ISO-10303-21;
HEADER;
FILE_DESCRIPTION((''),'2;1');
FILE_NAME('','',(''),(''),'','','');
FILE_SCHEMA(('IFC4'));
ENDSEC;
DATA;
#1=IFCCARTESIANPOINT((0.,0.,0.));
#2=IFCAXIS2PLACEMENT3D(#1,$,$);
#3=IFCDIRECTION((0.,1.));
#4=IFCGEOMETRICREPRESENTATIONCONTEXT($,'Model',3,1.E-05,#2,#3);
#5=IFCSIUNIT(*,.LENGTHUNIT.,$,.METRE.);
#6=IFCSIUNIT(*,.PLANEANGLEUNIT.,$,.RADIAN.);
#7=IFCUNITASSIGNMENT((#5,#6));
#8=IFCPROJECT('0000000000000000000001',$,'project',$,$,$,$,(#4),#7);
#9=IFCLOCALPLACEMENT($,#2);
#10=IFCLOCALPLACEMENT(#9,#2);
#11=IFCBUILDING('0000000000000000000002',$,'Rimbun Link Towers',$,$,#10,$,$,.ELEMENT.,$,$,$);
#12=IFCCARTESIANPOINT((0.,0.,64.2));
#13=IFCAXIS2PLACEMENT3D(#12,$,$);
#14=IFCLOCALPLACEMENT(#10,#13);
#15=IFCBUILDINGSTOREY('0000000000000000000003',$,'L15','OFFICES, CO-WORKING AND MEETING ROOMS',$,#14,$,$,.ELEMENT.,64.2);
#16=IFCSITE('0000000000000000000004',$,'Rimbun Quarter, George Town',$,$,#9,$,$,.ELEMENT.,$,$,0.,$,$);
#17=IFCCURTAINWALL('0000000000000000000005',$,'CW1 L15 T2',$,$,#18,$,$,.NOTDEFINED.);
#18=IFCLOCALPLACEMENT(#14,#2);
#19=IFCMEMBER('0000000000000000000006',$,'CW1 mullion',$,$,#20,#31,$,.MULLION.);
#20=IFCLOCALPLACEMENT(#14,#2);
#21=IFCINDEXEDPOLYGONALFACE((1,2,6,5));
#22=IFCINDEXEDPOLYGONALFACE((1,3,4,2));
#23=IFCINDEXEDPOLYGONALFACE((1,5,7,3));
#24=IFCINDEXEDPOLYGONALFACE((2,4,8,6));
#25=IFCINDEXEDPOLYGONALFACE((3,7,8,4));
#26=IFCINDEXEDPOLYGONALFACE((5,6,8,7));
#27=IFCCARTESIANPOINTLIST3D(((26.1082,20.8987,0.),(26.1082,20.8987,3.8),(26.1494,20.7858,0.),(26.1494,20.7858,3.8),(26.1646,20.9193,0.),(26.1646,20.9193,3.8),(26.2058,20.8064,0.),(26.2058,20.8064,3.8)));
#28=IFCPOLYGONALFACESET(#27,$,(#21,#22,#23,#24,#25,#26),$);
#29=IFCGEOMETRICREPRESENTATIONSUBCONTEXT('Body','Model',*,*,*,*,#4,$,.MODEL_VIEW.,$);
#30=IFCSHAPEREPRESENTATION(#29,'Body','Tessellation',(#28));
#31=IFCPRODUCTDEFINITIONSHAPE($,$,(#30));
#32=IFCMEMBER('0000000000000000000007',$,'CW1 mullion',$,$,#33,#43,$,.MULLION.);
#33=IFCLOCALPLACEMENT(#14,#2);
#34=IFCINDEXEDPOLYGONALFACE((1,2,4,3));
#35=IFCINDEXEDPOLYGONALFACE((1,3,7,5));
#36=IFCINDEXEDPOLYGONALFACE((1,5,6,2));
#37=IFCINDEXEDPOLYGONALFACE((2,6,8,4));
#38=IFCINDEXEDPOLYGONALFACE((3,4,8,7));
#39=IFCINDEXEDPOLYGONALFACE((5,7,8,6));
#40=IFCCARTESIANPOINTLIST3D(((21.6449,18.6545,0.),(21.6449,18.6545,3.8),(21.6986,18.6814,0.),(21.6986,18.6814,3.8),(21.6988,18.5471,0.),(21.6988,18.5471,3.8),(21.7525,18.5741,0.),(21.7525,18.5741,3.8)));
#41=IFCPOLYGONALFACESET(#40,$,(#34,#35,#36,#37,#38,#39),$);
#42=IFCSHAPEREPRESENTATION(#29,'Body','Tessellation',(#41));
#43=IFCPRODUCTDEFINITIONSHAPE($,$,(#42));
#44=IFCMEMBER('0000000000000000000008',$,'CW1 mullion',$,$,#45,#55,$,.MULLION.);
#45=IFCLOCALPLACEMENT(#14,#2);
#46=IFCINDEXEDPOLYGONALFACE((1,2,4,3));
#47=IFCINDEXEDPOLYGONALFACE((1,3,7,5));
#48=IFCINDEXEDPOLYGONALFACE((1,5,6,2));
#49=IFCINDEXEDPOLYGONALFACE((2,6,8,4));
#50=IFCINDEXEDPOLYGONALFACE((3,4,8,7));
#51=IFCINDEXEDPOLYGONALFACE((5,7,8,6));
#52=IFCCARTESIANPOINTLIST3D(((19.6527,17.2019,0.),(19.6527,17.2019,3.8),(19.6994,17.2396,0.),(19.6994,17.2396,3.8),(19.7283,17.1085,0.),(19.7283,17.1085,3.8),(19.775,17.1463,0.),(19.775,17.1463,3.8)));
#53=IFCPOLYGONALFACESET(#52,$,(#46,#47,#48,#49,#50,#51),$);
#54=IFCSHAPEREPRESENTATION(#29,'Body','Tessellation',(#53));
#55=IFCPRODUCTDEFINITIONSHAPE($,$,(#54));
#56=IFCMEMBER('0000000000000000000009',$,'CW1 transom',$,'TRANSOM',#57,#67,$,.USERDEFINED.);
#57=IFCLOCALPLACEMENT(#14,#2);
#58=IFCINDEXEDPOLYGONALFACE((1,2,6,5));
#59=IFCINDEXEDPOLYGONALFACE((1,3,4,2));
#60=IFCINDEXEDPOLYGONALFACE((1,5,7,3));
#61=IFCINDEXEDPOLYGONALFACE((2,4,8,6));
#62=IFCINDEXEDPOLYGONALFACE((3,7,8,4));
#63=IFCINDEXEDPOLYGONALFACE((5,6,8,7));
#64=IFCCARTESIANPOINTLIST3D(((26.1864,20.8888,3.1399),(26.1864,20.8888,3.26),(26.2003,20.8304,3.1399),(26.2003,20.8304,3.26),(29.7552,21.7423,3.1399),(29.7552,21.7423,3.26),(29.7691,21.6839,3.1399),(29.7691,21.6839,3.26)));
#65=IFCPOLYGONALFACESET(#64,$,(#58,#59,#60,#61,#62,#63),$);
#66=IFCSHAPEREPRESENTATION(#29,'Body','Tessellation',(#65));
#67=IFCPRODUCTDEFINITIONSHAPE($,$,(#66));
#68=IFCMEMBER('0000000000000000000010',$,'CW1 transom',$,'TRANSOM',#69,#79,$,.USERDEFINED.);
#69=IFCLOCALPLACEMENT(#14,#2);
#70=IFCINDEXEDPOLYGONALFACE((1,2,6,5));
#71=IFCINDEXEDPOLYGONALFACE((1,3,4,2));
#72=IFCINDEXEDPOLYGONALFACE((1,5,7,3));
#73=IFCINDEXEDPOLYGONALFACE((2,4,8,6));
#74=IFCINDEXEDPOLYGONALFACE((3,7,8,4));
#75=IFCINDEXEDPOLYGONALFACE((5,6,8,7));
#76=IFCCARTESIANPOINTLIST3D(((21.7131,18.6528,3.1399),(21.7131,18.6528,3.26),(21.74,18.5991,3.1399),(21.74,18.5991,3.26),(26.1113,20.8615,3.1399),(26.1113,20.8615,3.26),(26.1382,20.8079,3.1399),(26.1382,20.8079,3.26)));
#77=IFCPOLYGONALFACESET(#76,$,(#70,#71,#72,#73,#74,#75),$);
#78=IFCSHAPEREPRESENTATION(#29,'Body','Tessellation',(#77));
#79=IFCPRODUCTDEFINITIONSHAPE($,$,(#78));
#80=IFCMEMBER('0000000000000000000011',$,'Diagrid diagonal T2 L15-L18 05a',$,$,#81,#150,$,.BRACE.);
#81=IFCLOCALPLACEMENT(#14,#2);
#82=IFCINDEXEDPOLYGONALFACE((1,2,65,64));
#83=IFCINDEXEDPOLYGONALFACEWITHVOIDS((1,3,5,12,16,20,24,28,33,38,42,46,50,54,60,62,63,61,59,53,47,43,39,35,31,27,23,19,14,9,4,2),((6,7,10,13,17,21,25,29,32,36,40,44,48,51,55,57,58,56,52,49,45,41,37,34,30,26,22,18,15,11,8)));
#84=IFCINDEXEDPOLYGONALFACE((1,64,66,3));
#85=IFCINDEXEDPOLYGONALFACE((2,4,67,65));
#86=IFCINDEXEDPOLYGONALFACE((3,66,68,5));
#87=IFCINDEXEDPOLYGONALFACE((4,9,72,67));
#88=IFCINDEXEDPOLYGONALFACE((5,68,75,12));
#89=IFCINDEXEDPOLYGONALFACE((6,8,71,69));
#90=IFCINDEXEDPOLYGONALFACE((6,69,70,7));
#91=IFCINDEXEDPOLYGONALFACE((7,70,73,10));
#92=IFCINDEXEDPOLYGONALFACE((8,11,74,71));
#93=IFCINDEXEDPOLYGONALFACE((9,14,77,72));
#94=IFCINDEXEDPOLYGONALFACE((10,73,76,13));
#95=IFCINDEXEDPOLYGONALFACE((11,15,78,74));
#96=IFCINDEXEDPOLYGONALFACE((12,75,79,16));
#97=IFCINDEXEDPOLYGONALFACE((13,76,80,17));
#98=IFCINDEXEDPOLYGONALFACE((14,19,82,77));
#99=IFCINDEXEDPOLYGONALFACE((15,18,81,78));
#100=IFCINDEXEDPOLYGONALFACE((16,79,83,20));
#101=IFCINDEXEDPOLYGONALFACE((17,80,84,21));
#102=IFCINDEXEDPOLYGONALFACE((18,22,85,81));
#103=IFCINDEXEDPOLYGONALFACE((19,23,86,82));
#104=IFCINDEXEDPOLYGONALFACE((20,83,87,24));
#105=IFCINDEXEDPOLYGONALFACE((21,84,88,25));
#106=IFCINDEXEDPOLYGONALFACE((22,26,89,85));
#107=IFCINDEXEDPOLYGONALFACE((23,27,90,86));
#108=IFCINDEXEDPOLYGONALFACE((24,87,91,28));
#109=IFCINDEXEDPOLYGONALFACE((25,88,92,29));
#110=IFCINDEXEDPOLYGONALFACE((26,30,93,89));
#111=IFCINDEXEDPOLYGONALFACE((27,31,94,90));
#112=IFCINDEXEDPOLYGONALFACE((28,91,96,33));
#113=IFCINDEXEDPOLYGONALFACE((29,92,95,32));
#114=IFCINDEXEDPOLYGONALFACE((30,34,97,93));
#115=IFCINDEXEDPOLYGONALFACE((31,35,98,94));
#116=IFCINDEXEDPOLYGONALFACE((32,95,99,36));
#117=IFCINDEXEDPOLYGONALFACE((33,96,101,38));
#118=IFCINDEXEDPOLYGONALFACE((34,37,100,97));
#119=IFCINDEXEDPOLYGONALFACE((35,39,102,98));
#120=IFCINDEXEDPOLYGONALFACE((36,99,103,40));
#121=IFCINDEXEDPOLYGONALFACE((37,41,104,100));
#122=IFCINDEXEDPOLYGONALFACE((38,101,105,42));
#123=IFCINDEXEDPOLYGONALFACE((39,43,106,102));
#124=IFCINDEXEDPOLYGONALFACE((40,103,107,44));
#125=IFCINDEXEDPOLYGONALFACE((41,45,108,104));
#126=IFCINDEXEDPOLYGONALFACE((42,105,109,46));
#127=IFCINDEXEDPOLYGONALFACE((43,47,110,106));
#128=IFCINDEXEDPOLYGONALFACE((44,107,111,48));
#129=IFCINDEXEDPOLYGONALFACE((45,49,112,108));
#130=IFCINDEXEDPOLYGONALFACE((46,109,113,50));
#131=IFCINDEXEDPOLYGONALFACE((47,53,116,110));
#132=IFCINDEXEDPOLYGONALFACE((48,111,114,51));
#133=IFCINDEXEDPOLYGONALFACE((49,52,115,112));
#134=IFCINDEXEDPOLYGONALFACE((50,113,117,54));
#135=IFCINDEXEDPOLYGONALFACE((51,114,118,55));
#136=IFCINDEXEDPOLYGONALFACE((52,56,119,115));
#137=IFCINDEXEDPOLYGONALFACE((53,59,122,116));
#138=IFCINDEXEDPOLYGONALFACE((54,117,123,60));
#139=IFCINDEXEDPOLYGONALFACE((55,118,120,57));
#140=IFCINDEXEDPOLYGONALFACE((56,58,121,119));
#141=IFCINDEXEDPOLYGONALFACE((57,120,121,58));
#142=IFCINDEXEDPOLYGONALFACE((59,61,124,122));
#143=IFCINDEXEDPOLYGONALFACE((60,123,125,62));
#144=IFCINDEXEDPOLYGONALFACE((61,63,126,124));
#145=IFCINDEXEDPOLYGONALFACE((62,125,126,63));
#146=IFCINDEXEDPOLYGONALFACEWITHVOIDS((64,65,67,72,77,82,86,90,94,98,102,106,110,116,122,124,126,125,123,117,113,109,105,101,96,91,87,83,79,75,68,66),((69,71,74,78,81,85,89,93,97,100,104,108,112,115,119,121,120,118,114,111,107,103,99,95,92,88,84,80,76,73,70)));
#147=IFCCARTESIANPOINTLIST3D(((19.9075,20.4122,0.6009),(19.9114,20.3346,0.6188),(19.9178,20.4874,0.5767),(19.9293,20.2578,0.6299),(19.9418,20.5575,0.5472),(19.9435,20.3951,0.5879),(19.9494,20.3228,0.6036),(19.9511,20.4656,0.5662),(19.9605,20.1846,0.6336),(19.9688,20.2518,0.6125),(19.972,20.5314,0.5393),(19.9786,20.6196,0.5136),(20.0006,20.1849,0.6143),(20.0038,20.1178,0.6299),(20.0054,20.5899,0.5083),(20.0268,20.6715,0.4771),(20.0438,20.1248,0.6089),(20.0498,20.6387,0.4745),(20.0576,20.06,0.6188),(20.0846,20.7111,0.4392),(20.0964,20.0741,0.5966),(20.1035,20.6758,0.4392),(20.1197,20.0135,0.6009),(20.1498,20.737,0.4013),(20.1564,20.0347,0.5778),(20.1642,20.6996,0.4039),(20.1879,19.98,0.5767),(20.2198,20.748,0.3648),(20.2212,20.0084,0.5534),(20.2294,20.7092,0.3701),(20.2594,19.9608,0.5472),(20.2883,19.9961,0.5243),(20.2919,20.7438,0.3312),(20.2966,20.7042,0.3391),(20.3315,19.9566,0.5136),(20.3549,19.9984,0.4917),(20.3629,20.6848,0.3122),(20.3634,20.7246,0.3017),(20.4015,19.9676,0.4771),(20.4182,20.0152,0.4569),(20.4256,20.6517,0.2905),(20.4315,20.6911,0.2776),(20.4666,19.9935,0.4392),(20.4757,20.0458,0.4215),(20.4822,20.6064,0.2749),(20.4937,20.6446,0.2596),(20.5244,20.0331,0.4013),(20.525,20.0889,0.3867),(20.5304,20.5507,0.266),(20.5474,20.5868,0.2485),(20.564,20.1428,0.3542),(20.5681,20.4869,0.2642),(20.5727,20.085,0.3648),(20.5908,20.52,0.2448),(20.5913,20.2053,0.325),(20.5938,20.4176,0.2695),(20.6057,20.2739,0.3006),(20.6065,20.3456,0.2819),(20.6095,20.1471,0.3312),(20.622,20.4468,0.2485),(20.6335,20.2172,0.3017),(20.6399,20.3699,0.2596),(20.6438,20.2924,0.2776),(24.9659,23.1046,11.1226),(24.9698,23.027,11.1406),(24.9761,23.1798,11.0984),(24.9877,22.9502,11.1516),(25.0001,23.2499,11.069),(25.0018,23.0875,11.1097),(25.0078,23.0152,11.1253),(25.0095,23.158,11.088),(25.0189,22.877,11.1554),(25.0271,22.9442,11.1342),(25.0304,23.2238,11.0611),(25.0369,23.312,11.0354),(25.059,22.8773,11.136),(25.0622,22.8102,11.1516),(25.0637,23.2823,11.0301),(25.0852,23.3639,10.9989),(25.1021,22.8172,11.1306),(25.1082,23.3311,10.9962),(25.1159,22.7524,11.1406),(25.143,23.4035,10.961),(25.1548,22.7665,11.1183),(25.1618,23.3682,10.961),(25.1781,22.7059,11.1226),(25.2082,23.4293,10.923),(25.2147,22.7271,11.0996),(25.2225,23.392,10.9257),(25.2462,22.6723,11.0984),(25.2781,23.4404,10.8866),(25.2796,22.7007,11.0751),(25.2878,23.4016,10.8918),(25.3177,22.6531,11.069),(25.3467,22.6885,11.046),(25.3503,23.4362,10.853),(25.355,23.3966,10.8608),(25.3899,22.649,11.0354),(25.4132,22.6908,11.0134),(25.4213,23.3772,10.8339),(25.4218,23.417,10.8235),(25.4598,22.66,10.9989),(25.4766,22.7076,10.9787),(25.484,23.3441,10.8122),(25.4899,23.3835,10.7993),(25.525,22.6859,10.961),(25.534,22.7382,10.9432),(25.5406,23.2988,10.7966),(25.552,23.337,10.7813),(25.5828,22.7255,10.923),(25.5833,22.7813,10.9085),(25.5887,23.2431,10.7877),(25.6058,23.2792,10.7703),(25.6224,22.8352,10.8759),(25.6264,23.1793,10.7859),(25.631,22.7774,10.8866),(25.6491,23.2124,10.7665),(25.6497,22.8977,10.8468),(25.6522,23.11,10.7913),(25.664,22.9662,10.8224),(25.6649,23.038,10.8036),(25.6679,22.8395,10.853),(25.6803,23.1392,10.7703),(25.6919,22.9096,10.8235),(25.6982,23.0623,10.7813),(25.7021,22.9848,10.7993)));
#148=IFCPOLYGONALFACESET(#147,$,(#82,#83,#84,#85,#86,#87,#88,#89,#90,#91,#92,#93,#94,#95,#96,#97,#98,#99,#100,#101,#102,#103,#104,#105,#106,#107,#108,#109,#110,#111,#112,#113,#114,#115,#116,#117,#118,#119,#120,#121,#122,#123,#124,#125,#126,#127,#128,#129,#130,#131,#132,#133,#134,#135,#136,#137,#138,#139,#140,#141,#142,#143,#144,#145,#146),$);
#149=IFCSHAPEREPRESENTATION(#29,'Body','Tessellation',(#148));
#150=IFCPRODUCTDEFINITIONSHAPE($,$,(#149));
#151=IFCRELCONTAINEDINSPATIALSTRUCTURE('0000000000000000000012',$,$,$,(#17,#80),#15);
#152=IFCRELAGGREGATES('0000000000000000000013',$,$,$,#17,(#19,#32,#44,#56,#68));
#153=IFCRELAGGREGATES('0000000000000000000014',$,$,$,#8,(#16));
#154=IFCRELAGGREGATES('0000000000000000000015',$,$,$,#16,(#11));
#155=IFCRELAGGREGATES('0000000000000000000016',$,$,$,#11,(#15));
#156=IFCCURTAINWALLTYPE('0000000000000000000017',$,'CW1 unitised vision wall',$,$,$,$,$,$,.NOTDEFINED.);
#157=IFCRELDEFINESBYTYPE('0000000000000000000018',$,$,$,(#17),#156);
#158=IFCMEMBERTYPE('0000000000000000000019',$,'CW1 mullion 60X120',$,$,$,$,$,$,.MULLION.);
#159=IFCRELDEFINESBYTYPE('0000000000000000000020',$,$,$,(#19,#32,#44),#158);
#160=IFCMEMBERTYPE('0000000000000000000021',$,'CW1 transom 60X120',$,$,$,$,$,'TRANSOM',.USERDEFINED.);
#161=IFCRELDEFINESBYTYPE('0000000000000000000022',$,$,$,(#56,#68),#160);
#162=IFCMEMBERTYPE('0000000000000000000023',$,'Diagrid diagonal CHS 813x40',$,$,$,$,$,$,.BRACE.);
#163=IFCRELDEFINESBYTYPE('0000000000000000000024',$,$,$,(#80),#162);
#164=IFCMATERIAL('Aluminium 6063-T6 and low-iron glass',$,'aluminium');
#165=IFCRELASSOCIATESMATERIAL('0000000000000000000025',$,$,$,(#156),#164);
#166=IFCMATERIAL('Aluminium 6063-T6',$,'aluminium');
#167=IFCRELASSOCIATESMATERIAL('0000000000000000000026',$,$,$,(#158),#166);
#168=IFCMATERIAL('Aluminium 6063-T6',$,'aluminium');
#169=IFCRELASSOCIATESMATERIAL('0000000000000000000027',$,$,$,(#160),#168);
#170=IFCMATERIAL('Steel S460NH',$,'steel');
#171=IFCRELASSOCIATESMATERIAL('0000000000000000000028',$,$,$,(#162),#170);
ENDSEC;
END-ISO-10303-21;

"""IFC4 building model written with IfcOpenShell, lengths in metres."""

from ifc_helpers import new_model, si_unit, direction, frame, origin, origin_2d, place, context, subcontext, project, spatial, rectangle, hollow_circle, extrude, material, material_profile, profile_set, type_object, element, aggregate, save


model = new_model("IFC4")

# Units and contexts
model_context = context("Model", 3, precision=1e-05, world=origin(), true_north=direction((0.0, 1.0)))
body_context = subcontext(model_context, "Body", "Model", "MODEL_VIEW")
ifc_project = project(units=[si_unit("LENGTHUNIT", "METRE"), si_unit("PLANEANGLEUNIT", "RADIAN")], contexts=[model_context])

# Site, building, storey
site_placement = place(None, origin())
site = spatial("IfcSite", under=ifc_project, at=site_placement, Name="Rimbun Quarter, George Town", CompositionType="ELEMENT", RefElevation=0.0)
building_placement = place(site_placement, origin())
building = spatial("IfcBuilding", under=site, at=building_placement, Name="Rimbun Link Towers", CompositionType="ELEMENT")
storey_placement = place(building_placement, frame((0.0, 0.0, 64.2)))
storey = spatial("IfcBuildingStorey", under=building, at=storey_placement, Name="L15", Description="OFFICES, CO-WORKING AND MEETING ROOMS", CompositionType="ELEMENT", Elevation=64.2)

# Curtain wall, members
ifc_material_1 = material(Name="Aluminium 6063-T6 and low-iron glass", Category="aluminium")
curtain_wall_type = type_object("IfcCurtainWallType", Name="CW1 unitised vision wall", PredefinedType="NOTDEFINED", material=ifc_material_1)
curtain_wall_placement = place(storey_placement, origin())
curtain_wall = element("IfcCurtainWall", 1, at=curtain_wall_placement, inside=storey, type_object=curtain_wall_type, Name="CW1 L15 T2", PredefinedType="NOTDEFINED")
ifc_material_2 = material(Name="Aluminium 6063-T6", Category="aluminium")
ifc_material_profile_1 = material_profile(ifc_material_2, rectangle(XDim=0.1201, YDim=0.0601, at=origin_2d()), Name="MULLION 60X120")
ifc_profile_set_1 = profile_set([ifc_material_profile_1], Name="Aluminium 6063-T6")
member_type_1 = type_object("IfcMemberType", Name="CW1 mullion 60X120", PredefinedType="MULLION", material=ifc_profile_set_1)
member_1_placement = place(storey_placement, frame((26.157, 20.8525, 0.0), z_axis=(0.0, 0.0, 1.0), x_axis=(-0.34297, 0.939346, 0.0)))
member_1 = element("IfcMember", 2, at=member_1_placement, type_object=member_type_1, Name="CW1 mullion", PredefinedType="MULLION", context=body_context, shape_type="SweptSolid", body=[
    extrude(rectangle(XDim=0.1201, YDim=0.0601, at=origin_2d()), origin(), (0.0, 0.0, 1.0), 3.8),
])
member_2_placement = place(storey_placement, frame((21.6987, 18.6143, 0.0), z_axis=(0.0, 0.0, 1.0), x_axis=(-0.448782, 0.893641, 0.0)))
member_2 = element("IfcMember", 3, at=member_2_placement, type_object=member_type_1, Name="CW1 mullion", PredefinedType="MULLION", context=body_context, shape_type="SweptSolid", body=[
    extrude(rectangle(XDim=0.1201, YDim=0.0601, at=origin_2d()), origin(), (0.0, 0.0, 1.0), 3.8),
])
member_3_placement = place(storey_placement, frame((19.7139, 17.1741, 0.0), z_axis=(0.0, 0.0, 1.0), x_axis=(-0.629155, 0.77728, 0.0)))
member_3 = element("IfcMember", 4, at=member_3_placement, type_object=member_type_1, Name="CW1 mullion", PredefinedType="MULLION", context=body_context, shape_type="SweptSolid", body=[
    extrude(rectangle(XDim=0.1201, YDim=0.0601, at=origin_2d()), origin(), (0.0, 0.0, 1.0), 3.8),
])
ifc_material_3 = material(Name="Aluminium 6063-T6", Category="aluminium")
ifc_material_profile_2 = material_profile(ifc_material_3, rectangle(XDim=0.0601, YDim=0.1201, at=origin_2d()), Name="TRANSOM 60X120")
ifc_profile_set_2 = profile_set([ifc_material_profile_2], Name="Aluminium 6063-T6")
member_type_2 = type_object("IfcMemberType", Name="CW1 transom 60X120", ElementType="TRANSOM", PredefinedType="USERDEFINED", material=ifc_profile_set_2)
member_4_placement = place(storey_placement, frame((26.1934, 20.8596, 3.2), z_axis=(0.972573, 0.232598, 0.0), x_axis=(-0.232598, 0.972573, 0.0)))
member_4 = element("IfcMember", 5, at=member_4_placement, type_object=member_type_2, Name="CW1 transom", ObjectType="TRANSOM", PredefinedType="USERDEFINED", context=body_context, shape_type="SweptSolid", body=[
    extrude(rectangle(XDim=0.0601, YDim=0.1201, at=origin_2d()), origin(), (0.0, 0.0, 1.0), 3.6694),
])
member_5_placement = place(storey_placement, frame((21.7266, 18.626, 3.2), z_axis=(0.893642, 0.44878, 0.0), x_axis=(-0.44878, 0.893642, 0.0)))
member_5 = element("IfcMember", 6, at=member_5_placement, type_object=member_type_2, Name="CW1 transom", ObjectType="TRANSOM", PredefinedType="USERDEFINED", context=body_context, shape_type="SweptSolid", body=[
    extrude(rectangle(XDim=0.0601, YDim=0.1201, at=origin_2d()), origin(), (0.0, 0.0, 1.0), 4.9216),
])

# Member
ifc_material_4 = material(Name="Steel S460NH", Category="steel")
ifc_material_profile_3 = material_profile(ifc_material_4, hollow_circle(Radius=0.4065, WallThickness=0.04, at=origin_2d()), Name="Diagrid diagonal CHS 813x40")
ifc_profile_set_3 = profile_set([ifc_material_profile_3], Name="Steel S460NH")
member_type_3 = type_object("IfcMemberType", Name="Diagrid diagonal CHS 813x40", PredefinedType="BRACE", material=ifc_profile_set_3)
member_6_placement = place(storey_placement, frame((20.2756, 20.3523, 0.4392), z_axis=(0.4222, 0.224722, 0.878207), x_axis=(-0.469854, 0.882744, 0.0)))
element("IfcMember", 7, at=member_6_placement, inside=storey, type_object=member_type_3, Name="Diagrid diagonal T2 L15-L18 05a", PredefinedType="BRACE", context=body_context, shape_type="SweptSolid", body=[
    extrude(hollow_circle(Radius=0.4065, WallThickness=0.04, at=origin_2d()), origin(), (0.0, 0.0, 1.0), 11.981),
])

aggregate(curtain_wall, [member_1, member_2, member_3, member_4, member_5])

save(model, "model.ifc")
